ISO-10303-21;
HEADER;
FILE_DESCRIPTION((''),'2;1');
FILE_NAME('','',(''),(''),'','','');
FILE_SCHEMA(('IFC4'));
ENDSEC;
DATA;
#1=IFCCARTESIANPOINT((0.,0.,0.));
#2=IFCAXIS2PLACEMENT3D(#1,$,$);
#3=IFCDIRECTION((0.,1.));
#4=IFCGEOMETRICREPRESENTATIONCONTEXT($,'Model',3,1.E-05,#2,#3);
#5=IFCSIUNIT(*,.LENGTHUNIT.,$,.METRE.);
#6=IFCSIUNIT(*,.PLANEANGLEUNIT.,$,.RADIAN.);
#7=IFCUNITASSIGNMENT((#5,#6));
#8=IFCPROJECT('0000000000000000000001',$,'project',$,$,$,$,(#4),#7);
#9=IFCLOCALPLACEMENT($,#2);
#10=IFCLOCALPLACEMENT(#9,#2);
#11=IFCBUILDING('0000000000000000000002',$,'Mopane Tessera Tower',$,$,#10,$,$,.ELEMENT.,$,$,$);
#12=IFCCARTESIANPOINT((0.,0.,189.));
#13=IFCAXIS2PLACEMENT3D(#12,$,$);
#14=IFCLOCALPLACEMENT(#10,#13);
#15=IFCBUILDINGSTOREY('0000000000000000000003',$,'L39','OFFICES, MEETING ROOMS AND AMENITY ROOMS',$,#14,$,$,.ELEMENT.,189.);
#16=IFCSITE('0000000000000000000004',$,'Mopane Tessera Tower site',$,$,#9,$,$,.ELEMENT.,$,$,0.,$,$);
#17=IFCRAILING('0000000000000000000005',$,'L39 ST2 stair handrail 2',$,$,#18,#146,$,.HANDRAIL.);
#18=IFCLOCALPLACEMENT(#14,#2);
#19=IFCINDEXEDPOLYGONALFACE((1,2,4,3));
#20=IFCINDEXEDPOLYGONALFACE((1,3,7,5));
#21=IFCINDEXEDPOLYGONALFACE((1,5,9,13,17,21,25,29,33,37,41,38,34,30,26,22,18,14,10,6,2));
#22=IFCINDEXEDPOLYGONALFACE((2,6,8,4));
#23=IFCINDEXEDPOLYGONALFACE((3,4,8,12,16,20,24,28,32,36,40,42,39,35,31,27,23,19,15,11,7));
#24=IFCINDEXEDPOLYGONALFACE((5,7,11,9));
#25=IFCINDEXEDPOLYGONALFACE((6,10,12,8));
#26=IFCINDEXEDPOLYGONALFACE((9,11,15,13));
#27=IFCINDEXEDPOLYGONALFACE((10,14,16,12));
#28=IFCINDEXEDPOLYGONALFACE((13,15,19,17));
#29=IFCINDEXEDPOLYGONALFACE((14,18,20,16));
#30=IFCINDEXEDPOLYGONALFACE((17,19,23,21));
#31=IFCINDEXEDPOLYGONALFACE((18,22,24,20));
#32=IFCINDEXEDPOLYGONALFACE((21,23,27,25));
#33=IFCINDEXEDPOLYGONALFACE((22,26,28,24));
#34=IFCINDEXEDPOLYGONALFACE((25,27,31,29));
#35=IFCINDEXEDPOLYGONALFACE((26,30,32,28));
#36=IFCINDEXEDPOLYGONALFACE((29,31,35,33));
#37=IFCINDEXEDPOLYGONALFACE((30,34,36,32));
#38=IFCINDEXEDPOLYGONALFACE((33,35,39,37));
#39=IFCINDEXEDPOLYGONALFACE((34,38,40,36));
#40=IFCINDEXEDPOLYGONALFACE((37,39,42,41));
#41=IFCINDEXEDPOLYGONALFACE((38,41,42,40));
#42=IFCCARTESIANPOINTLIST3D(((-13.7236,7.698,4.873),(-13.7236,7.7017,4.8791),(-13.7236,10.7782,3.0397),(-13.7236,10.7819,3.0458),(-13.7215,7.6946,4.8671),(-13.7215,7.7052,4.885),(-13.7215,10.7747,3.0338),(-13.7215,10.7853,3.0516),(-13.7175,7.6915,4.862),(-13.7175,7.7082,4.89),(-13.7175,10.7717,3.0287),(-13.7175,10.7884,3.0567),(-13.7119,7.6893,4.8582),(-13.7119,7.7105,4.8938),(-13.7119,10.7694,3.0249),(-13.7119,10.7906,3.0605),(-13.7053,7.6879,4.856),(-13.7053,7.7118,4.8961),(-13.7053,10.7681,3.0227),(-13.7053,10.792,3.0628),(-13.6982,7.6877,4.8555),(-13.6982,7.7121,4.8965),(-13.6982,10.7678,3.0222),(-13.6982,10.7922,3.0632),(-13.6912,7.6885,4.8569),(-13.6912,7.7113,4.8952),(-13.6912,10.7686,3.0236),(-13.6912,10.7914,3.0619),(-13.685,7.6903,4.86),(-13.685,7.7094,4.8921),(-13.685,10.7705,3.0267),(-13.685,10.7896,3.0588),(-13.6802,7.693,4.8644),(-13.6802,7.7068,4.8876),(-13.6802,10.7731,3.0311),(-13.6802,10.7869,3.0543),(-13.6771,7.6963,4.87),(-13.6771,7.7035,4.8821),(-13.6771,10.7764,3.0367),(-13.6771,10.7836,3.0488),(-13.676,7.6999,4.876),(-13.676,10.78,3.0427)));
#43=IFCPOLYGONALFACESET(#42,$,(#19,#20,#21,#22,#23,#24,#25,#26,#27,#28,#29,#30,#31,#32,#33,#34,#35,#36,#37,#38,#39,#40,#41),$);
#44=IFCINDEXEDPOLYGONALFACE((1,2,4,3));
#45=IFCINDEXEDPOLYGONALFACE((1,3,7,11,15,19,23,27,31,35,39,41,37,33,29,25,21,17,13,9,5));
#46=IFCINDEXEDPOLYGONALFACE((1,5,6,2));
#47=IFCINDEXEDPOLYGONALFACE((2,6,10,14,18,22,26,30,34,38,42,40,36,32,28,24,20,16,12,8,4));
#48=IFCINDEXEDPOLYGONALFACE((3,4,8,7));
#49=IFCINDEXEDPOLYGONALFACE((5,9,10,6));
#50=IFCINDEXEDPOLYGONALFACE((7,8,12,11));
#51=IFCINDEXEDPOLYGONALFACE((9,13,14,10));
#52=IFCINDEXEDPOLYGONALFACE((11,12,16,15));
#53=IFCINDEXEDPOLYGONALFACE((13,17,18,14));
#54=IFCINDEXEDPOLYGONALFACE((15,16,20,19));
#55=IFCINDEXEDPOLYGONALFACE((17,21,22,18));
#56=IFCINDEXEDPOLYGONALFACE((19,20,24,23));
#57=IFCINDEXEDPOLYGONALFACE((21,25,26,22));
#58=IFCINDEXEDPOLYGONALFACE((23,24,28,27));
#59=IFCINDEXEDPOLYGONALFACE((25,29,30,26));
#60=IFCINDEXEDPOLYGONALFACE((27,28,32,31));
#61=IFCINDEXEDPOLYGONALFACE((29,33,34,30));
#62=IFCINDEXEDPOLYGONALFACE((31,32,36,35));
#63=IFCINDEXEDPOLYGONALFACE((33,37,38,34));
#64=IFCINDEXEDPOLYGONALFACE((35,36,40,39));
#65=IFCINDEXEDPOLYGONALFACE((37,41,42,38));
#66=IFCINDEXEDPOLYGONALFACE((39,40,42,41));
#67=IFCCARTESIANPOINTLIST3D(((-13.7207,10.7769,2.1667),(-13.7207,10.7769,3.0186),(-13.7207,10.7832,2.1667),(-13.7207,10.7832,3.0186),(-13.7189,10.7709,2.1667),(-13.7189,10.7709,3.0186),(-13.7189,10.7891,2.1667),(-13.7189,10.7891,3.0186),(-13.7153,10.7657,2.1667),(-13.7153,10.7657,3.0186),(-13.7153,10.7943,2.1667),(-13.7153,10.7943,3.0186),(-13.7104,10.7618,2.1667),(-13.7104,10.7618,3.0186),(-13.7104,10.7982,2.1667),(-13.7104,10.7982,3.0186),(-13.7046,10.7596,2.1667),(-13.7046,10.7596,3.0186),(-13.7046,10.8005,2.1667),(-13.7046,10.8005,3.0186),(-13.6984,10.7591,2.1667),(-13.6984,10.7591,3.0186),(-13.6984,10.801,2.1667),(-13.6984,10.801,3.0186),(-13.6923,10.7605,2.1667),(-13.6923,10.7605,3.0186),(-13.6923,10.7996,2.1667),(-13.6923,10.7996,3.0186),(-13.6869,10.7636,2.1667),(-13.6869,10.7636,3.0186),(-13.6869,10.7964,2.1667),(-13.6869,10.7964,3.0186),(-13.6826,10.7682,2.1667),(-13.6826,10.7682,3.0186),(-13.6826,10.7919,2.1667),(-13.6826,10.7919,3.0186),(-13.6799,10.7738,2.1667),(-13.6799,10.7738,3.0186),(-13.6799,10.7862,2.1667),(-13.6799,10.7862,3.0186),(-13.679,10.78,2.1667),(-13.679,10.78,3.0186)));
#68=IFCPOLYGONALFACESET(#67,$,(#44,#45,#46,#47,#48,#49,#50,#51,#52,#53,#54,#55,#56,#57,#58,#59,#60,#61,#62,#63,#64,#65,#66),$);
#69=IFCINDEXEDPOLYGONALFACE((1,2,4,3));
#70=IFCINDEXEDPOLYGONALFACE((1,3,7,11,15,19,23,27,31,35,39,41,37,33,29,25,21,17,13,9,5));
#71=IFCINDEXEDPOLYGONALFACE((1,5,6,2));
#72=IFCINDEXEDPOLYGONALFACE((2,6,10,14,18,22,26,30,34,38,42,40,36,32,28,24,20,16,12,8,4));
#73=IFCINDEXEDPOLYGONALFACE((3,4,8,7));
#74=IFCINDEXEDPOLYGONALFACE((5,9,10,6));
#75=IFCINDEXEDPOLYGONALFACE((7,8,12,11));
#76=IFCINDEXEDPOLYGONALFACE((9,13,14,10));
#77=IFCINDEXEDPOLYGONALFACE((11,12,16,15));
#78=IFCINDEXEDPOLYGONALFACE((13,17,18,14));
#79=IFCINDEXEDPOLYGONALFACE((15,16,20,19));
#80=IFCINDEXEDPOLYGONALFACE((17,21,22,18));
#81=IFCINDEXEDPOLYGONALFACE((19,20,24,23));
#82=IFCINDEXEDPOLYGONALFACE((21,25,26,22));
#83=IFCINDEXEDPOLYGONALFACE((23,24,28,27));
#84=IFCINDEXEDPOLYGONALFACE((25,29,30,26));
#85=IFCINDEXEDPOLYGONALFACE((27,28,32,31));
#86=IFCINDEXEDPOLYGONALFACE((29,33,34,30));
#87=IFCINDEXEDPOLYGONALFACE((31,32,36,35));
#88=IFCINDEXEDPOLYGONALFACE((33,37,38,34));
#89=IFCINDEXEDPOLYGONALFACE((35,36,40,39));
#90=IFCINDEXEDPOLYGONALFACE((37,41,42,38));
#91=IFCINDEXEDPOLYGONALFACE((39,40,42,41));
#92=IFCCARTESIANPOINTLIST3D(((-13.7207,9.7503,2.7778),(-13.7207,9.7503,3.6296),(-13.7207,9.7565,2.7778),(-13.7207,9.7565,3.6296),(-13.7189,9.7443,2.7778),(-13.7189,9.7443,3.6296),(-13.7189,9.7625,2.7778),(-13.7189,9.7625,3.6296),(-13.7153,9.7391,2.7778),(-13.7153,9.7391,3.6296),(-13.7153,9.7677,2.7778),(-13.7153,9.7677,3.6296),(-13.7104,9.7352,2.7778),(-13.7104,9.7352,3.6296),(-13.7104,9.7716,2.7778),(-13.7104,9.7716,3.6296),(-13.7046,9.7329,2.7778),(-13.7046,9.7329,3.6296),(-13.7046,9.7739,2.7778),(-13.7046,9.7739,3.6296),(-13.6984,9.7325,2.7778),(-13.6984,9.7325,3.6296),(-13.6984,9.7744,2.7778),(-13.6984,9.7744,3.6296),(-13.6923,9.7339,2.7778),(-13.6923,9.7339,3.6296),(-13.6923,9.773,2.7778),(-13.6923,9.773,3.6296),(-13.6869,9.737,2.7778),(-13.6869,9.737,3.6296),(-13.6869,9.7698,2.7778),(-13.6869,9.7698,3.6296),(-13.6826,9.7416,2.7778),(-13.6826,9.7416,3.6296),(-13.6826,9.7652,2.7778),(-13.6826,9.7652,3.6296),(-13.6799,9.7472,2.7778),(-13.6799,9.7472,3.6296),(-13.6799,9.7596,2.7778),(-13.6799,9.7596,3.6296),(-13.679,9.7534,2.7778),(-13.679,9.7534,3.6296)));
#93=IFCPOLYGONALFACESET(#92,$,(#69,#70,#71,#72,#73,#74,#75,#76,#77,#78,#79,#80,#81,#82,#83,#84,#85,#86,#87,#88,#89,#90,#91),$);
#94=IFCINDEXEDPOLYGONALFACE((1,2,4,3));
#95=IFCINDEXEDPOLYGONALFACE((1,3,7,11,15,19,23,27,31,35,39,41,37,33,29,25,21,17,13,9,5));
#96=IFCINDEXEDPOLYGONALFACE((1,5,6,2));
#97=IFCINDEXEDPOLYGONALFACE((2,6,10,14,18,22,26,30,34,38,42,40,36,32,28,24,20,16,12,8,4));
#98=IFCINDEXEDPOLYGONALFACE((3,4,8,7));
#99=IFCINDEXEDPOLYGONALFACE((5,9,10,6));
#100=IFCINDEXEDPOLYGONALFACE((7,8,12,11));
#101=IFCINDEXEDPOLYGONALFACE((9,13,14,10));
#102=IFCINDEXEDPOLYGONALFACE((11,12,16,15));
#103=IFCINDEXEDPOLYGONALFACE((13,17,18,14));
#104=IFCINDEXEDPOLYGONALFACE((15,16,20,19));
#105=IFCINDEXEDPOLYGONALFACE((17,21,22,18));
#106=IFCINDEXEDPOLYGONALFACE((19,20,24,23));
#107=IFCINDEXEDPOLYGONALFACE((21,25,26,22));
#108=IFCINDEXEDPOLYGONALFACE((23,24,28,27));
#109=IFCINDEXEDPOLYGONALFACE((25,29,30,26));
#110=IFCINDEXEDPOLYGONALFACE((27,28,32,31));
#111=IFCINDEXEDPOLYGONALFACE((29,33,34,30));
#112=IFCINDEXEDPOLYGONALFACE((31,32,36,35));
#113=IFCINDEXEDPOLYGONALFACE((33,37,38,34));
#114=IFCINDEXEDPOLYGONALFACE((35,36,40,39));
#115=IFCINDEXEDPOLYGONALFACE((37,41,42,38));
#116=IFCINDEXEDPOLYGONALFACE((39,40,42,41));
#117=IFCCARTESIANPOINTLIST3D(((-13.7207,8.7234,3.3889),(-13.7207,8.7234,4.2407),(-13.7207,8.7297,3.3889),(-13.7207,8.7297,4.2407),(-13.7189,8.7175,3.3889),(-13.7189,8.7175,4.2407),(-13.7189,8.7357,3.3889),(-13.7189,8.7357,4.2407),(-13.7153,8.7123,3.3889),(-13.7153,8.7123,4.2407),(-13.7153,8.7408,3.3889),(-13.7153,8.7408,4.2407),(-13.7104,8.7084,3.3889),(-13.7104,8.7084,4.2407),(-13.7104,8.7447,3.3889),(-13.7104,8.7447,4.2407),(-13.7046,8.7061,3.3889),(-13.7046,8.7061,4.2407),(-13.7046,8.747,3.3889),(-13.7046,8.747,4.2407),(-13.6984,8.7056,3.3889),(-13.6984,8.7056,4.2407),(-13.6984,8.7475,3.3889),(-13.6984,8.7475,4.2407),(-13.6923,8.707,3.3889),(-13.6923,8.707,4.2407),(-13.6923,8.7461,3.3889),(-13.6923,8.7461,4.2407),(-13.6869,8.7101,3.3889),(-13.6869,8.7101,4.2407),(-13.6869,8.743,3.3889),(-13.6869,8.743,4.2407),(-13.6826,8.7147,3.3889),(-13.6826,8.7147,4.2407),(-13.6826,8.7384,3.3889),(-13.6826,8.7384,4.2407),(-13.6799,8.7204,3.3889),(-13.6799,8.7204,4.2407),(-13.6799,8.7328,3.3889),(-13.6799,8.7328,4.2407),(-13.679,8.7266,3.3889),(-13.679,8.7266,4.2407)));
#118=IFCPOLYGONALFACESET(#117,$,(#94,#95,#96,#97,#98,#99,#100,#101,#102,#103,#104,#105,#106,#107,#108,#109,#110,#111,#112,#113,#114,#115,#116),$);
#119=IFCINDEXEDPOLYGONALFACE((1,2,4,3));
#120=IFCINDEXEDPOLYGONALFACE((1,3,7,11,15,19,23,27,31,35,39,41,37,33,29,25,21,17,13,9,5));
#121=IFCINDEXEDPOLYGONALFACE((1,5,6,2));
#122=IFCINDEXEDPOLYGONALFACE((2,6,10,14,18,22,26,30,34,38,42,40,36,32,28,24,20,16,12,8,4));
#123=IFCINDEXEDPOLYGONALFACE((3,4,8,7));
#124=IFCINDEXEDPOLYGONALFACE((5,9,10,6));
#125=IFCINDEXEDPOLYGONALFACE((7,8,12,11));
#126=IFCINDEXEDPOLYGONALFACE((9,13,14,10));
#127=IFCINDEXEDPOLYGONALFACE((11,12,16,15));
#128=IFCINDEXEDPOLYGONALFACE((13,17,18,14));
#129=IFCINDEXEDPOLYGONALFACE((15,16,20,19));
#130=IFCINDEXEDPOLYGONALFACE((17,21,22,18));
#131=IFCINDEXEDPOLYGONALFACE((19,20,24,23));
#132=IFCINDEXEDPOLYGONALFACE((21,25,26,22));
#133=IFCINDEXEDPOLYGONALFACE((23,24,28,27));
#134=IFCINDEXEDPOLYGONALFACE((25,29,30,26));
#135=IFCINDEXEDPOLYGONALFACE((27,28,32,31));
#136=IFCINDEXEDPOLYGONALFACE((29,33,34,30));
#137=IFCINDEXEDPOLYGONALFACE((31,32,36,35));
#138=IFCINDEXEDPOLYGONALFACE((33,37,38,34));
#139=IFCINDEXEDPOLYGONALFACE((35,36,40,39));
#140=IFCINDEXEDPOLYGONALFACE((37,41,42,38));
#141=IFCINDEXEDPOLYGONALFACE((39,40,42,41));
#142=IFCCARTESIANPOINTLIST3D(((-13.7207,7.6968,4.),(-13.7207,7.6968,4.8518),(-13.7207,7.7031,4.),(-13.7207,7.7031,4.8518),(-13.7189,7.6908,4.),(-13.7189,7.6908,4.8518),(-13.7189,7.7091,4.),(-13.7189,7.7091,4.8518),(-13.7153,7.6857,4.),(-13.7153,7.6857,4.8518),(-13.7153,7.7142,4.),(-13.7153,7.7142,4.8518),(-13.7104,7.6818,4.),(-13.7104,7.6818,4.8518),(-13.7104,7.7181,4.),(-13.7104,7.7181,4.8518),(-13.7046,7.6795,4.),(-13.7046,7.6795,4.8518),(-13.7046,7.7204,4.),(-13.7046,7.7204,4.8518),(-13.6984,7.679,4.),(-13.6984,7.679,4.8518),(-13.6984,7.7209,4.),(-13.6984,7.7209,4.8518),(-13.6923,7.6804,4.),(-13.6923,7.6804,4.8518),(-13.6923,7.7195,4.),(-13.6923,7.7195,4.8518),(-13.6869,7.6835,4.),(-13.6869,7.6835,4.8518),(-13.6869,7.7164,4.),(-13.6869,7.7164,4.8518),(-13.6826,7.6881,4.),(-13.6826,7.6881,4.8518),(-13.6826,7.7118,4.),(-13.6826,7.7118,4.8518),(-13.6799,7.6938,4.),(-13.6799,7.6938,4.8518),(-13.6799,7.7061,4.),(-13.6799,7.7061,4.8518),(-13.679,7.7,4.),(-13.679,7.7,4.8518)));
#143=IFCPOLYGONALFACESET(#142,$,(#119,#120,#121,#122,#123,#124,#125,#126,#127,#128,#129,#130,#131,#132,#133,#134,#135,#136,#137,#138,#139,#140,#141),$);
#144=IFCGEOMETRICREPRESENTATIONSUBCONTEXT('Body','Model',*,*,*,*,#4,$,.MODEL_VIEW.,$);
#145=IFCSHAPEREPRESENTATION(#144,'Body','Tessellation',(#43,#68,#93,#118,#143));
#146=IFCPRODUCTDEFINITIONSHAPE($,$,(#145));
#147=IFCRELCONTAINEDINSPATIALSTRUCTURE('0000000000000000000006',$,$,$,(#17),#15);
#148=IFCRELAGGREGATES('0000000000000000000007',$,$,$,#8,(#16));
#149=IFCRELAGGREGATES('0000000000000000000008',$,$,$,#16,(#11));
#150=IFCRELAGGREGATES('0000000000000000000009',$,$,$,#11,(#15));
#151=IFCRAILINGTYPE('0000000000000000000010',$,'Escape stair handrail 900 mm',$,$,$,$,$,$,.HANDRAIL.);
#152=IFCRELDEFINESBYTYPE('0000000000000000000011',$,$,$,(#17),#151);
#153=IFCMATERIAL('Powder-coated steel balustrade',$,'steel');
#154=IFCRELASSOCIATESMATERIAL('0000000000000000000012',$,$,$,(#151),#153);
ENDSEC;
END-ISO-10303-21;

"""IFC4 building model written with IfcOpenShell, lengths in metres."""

from ifc_helpers import new_model, si_unit, direction, frame, origin, origin_2d, place, context, subcontext, project, spatial, circle, extrude, material, type_object, element, save


model = new_model("IFC4")

# Units and contexts
model_context = context("Model", 3, precision=1e-05, world=origin(), true_north=direction((0.0, 1.0)))
body_context = subcontext(model_context, "Body", "Model", "MODEL_VIEW")
ifc_project = project(units=[si_unit("LENGTHUNIT", "METRE"), si_unit("PLANEANGLEUNIT", "RADIAN")], contexts=[model_context])

# Site, building, storey
site_placement = place(None, origin())
site = spatial("IfcSite", under=ifc_project, at=site_placement, Name="Mopane Tessera Tower site", CompositionType="ELEMENT", RefElevation=0.0)
building_placement = place(site_placement, origin())
building = spatial("IfcBuilding", under=site, at=building_placement, Name="Mopane Tessera Tower", CompositionType="ELEMENT")
storey_placement = place(building_placement, frame((0.0, 0.0, 189.0)))
storey = spatial("IfcBuildingStorey", under=building, at=storey_placement, Name="L39", Description="OFFICES, MEETING ROOMS AND AMENITY ROOMS", CompositionType="ELEMENT", Elevation=189.0)

# Railing
ifc_material_1 = material(Name="Powder-coated steel balustrade", Category="steel")
railing_type = type_object("IfcRailingType", Name="Escape stair handrail 900 mm", PredefinedType="HANDRAIL", material=ifc_material_1)
railing_placement = place(storey_placement, frame((-13.7, 10.78, 2.1667)))
element("IfcRailing", 1, at=railing_placement, inside=storey, type_object=railing_type, Name="L39 ST2 stair handrail 2", PredefinedType="HANDRAIL", context=body_context, shape_type="SweptSolid", body=[
    extrude(circle(Radius=0.0239, at=origin_2d()), frame((0.0, 0.0, 0.876), z_axis=(0.0, -0.859309, 0.511458), x_axis=(1.0, 0.0, 0.0)), (0.0, 0.0, 1.0), 3.5845),
    extrude(circle(Radius=0.021, at=origin_2d()), origin(), (0.0, 0.0, 1.0), 0.8518),
    extrude(circle(Radius=0.021, at=origin_2d()), frame((0.0, -1.0266, 0.6111)), (0.0, 0.0, 1.0), 0.8518),
    extrude(circle(Radius=0.021, at=origin_2d()), frame((0.0, -2.0535, 1.2222)), (0.0, 0.0, 1.0), 0.8518),
    extrude(circle(Radius=0.021, at=origin_2d()), frame((0.0, -3.0801, 1.8333)), (0.0, 0.0, 1.0), 0.8518),
])

save(model, "model.ifc")
